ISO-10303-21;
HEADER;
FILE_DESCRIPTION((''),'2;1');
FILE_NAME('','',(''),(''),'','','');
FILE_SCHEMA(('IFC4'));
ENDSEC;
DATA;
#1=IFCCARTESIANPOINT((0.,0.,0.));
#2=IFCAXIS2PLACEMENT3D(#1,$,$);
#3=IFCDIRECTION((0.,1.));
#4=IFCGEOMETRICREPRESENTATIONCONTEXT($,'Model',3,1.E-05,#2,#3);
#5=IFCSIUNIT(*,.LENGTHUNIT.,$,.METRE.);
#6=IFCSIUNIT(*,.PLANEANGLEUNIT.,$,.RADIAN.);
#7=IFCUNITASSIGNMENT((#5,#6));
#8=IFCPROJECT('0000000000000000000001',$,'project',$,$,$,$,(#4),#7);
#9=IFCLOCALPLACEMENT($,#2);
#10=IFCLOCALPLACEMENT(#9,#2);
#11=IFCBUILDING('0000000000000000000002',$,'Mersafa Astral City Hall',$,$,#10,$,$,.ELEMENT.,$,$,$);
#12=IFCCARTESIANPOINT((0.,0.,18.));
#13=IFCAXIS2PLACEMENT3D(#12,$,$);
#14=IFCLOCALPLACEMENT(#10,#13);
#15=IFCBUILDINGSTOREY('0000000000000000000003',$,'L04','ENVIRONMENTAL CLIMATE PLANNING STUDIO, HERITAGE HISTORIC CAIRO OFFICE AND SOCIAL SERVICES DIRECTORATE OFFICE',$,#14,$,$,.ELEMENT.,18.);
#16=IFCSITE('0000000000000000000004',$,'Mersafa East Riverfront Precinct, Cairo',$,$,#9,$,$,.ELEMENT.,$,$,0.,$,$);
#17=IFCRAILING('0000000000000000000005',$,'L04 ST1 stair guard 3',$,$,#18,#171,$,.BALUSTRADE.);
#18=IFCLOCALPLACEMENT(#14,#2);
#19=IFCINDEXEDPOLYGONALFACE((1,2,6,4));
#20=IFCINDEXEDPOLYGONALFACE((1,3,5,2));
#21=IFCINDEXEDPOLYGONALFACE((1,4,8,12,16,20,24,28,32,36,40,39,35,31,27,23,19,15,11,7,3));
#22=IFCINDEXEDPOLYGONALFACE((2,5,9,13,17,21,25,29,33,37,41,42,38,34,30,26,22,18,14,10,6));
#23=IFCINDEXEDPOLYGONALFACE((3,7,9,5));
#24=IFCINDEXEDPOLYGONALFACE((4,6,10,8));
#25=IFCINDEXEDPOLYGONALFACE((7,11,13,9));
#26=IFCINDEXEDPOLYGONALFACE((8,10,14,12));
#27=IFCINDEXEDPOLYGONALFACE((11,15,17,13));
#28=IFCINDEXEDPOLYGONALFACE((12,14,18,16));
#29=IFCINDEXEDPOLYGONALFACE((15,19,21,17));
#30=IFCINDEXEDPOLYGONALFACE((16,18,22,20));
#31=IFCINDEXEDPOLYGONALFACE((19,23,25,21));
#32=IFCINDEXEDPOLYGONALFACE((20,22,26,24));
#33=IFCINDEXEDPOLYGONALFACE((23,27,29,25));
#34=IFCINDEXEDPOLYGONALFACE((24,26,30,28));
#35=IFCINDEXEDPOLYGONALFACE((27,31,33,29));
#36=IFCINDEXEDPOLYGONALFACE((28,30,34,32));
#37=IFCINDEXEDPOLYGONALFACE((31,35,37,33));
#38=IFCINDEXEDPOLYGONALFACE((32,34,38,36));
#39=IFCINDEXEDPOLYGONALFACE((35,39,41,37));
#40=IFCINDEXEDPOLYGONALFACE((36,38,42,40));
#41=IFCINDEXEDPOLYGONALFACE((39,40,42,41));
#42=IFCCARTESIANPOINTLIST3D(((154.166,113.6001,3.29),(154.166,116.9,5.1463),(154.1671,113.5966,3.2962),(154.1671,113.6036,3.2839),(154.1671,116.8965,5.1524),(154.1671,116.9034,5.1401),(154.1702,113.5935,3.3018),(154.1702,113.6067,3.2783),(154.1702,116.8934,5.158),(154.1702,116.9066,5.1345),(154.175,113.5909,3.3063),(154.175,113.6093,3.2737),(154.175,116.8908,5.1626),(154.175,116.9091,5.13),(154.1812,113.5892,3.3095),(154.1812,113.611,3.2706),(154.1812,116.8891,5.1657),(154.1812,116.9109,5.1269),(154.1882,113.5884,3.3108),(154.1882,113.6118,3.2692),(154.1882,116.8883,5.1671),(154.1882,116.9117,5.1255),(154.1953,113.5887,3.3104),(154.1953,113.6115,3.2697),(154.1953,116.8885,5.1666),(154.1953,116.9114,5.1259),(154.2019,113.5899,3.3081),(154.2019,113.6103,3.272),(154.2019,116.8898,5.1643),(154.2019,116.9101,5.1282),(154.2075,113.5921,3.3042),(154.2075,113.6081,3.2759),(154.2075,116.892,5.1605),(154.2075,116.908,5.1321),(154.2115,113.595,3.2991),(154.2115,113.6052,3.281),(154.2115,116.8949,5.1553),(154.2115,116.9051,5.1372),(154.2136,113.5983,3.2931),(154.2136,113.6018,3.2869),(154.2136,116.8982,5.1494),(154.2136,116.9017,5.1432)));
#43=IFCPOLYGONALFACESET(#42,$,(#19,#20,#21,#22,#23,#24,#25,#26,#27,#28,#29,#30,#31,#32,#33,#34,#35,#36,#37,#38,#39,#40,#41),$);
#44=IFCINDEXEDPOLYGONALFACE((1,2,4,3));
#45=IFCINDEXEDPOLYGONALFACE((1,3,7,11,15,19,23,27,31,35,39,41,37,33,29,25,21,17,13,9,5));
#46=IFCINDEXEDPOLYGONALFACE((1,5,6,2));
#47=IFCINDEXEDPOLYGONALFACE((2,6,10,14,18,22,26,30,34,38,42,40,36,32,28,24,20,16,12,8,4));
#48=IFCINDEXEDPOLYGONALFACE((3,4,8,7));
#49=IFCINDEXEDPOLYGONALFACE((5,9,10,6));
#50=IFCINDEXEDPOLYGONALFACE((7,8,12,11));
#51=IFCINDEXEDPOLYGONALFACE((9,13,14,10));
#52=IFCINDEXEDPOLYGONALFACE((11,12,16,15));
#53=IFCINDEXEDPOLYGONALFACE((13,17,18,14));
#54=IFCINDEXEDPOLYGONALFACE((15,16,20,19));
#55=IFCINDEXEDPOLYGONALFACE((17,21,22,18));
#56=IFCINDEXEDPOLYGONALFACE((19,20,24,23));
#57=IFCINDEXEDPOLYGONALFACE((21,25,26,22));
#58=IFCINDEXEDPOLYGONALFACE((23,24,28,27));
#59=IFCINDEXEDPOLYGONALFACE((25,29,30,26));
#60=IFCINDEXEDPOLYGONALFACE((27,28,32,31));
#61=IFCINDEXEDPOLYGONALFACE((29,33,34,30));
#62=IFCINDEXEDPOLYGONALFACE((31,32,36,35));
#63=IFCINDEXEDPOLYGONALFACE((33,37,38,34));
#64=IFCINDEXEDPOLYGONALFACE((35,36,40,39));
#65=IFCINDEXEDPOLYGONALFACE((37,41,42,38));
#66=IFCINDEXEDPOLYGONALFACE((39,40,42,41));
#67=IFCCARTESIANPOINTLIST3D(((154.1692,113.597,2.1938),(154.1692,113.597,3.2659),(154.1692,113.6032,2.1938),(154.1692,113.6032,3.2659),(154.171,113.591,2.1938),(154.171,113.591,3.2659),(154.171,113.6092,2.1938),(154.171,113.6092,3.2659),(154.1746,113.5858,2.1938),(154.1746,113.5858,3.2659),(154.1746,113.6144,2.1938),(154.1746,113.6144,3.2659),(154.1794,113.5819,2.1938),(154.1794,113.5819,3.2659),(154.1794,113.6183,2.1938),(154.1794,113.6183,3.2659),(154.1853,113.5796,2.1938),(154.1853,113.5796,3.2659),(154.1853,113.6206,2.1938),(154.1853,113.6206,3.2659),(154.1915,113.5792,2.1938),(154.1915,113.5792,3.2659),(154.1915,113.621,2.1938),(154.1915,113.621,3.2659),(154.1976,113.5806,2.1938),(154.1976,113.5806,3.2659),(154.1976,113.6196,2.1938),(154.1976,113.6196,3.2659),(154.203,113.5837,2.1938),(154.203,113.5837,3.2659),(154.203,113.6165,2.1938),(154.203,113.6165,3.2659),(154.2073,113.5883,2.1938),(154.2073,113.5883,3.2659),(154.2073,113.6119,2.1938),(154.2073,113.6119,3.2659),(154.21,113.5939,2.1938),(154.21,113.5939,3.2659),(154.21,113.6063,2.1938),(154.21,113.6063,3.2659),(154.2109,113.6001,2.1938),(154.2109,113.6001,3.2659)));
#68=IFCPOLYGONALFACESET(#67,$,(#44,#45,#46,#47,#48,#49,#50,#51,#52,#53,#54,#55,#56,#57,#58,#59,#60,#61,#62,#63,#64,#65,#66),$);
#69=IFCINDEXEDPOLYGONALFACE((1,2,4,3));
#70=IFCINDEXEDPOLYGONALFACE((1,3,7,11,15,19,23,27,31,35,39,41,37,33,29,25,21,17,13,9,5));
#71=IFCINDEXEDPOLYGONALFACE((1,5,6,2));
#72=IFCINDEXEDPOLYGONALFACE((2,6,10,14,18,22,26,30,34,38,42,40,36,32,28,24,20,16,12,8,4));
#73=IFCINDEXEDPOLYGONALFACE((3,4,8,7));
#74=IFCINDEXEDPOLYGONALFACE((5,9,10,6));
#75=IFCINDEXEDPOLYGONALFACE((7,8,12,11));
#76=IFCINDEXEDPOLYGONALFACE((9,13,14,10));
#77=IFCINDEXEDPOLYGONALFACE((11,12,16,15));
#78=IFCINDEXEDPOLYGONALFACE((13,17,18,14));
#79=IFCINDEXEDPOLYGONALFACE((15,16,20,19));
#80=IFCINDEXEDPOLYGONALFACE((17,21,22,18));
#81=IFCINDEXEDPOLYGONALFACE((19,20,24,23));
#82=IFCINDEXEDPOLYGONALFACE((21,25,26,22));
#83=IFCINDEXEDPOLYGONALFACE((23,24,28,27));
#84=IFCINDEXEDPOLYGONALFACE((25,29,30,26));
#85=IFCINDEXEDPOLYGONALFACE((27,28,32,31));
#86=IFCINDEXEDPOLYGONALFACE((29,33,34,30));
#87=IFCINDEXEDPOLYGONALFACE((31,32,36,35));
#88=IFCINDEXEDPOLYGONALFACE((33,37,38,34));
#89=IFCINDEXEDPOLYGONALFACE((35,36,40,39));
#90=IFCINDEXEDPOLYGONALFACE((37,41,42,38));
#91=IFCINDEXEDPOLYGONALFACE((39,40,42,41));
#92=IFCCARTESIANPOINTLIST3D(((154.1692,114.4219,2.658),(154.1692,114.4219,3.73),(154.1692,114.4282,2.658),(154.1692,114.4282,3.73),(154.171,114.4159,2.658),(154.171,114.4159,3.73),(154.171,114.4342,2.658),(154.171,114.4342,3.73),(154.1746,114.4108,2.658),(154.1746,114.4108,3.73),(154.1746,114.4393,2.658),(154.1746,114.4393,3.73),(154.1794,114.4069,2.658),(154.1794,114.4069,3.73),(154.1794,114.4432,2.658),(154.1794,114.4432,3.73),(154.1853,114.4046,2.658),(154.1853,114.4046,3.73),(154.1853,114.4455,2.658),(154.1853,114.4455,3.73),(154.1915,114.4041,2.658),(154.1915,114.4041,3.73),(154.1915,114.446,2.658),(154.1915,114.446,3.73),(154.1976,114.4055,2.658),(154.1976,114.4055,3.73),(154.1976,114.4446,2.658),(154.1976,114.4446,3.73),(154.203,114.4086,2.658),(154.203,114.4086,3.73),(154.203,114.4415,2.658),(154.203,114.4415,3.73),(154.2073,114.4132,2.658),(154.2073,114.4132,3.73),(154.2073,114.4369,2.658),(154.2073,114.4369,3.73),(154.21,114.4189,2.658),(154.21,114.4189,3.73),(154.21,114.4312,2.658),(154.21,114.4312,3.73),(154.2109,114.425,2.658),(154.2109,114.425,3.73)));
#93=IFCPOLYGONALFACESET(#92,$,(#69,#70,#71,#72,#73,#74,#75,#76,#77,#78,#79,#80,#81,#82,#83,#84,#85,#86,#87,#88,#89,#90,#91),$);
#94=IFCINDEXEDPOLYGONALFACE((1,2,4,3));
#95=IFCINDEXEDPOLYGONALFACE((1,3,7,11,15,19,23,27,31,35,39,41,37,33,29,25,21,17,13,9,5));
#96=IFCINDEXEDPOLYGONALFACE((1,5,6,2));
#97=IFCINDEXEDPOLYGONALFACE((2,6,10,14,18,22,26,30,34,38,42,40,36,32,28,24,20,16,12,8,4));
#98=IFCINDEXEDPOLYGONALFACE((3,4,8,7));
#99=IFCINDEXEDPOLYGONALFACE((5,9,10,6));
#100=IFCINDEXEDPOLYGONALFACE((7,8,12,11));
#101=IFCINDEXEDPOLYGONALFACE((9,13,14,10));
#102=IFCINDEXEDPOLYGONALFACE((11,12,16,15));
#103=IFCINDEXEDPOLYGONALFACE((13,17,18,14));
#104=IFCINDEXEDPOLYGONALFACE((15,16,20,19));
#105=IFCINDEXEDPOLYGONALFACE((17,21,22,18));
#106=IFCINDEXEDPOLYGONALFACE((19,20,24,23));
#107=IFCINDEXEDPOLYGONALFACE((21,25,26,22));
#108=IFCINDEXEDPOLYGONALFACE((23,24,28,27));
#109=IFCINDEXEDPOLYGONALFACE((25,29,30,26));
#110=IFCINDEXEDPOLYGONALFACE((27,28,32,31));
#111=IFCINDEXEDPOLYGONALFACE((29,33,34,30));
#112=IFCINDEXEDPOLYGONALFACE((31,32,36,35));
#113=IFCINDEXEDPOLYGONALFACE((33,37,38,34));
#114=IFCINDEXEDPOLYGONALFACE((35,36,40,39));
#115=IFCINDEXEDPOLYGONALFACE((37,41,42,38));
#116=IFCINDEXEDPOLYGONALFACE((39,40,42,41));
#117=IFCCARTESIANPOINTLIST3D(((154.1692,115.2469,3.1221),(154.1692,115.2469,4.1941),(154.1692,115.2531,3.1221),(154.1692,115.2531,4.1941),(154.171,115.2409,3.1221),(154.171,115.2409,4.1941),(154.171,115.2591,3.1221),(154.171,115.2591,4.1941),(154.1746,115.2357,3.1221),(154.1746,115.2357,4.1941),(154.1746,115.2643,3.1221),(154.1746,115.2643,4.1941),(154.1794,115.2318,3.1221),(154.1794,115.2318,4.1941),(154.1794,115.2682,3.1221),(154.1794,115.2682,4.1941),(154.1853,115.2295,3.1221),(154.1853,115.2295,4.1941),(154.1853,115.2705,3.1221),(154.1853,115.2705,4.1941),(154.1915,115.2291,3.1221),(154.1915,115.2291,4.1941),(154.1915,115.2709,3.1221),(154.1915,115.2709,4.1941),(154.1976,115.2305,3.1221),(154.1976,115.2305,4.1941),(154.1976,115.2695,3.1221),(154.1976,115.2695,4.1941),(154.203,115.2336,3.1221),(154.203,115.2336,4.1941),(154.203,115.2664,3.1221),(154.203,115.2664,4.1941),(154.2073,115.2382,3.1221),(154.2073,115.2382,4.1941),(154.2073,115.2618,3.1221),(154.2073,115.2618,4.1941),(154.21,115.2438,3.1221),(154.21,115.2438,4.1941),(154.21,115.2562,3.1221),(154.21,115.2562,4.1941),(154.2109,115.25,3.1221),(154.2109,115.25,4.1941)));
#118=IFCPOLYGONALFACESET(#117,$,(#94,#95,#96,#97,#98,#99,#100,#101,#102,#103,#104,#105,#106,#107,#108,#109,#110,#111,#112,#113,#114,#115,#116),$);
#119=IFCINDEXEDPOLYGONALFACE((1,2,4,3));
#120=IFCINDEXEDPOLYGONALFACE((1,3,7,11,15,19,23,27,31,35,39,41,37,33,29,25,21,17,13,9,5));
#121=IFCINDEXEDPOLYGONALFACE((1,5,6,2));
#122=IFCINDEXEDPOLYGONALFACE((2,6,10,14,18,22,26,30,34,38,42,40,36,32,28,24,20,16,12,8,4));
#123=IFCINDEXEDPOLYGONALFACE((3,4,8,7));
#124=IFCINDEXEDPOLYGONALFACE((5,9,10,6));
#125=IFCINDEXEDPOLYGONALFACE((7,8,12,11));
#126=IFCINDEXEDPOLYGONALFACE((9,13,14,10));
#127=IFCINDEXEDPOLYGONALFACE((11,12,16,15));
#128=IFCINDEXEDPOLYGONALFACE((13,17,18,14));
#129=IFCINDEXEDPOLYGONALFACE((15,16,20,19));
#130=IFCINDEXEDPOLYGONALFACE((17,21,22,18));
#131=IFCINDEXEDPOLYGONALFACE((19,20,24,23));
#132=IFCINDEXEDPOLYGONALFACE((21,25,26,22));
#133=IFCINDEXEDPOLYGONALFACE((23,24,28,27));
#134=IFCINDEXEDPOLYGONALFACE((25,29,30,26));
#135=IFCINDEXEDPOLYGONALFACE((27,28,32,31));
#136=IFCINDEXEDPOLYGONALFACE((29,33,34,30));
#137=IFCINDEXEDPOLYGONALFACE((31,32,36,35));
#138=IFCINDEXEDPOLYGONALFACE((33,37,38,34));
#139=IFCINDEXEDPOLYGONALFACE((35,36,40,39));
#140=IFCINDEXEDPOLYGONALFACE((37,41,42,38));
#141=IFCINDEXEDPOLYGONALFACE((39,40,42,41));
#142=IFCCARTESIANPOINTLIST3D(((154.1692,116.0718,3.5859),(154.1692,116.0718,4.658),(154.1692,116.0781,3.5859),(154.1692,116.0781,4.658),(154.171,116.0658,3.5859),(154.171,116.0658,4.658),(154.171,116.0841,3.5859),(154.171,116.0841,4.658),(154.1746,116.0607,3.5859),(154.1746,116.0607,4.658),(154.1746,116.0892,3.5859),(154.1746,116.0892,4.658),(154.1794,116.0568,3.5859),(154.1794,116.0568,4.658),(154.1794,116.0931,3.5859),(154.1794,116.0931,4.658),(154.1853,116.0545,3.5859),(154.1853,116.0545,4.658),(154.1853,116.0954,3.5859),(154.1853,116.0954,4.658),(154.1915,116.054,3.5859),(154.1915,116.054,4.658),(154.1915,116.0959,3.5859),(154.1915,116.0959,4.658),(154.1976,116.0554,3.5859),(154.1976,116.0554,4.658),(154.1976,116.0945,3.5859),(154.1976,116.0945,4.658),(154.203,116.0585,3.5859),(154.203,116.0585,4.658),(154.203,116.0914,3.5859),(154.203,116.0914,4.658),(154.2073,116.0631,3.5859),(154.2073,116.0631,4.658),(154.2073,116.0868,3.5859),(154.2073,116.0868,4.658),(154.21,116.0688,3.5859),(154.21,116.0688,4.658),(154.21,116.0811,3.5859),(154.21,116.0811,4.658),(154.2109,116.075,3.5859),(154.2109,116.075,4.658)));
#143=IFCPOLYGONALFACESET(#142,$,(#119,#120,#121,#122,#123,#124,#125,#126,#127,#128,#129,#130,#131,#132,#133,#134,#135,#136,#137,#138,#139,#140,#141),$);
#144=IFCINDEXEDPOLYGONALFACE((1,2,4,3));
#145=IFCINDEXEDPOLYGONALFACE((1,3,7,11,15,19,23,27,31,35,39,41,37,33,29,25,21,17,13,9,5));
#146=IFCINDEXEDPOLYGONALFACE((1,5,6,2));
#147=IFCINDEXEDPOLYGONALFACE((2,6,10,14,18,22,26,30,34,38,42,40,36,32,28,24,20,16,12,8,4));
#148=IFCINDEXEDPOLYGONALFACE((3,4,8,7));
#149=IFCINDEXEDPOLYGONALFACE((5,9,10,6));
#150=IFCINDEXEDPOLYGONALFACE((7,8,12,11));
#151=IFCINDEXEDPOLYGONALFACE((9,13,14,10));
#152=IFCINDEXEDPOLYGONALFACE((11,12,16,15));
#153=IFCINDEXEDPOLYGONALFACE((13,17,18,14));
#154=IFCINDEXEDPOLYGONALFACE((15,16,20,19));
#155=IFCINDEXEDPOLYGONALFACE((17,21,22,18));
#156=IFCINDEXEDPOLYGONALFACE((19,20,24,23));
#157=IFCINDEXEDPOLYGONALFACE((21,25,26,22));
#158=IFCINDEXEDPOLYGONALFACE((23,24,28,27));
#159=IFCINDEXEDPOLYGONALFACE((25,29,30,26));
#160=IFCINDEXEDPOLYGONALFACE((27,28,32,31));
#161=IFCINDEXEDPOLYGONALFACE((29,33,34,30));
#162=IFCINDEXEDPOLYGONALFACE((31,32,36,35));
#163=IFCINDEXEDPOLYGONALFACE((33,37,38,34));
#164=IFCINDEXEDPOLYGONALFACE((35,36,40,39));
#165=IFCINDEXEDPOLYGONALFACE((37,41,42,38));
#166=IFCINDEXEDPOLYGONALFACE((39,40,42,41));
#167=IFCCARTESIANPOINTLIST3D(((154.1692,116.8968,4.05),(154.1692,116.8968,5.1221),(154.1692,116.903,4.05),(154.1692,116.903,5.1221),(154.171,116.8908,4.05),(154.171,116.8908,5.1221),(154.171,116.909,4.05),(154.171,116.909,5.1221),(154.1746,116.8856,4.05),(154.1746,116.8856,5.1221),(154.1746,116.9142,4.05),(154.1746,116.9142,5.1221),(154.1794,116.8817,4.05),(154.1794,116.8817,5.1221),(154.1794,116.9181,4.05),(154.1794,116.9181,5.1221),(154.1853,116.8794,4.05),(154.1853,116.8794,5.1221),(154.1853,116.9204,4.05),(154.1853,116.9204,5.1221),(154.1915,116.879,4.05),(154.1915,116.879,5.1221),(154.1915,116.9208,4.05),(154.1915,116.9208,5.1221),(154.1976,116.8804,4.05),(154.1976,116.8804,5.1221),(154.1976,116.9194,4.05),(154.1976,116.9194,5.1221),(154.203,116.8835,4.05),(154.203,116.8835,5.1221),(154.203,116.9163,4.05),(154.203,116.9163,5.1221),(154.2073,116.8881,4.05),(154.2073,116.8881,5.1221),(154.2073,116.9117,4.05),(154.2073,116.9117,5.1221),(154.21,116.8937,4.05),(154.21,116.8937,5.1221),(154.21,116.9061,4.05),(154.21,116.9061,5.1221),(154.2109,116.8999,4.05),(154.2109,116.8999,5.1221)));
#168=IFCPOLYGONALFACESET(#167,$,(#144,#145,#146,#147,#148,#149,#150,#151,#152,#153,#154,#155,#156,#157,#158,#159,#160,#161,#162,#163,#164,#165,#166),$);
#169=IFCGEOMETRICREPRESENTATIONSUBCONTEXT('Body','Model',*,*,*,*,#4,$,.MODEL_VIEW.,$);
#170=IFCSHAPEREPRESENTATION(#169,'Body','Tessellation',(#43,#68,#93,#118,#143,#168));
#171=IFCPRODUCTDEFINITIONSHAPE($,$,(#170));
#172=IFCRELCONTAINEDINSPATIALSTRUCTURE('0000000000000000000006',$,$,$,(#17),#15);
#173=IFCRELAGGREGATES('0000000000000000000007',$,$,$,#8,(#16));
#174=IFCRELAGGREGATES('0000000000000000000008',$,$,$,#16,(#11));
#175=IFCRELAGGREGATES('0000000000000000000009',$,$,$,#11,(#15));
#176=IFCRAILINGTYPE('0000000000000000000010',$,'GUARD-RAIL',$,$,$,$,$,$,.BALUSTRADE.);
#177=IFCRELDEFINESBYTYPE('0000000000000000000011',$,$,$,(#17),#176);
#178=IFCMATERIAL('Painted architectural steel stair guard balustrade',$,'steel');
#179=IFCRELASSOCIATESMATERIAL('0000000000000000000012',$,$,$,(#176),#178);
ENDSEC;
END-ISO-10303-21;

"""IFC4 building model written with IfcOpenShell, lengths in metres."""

from ifc_helpers import new_model, si_unit, direction, frame, origin, origin_2d, place, context, subcontext, project, spatial, circle, extrude, material, type_object, element, save


model = new_model("IFC4")

# Units and contexts
model_context = context("Model", 3, precision=1e-05, world=origin(), true_north=direction((0.0, 1.0)))
body_context = subcontext(model_context, "Body", "Model", "MODEL_VIEW")
ifc_project = project(units=[si_unit("LENGTHUNIT", "METRE"), si_unit("PLANEANGLEUNIT", "RADIAN")], contexts=[model_context])

# Site, building, storey
site_placement = place(None, origin())
site = spatial("IfcSite", under=ifc_project, at=site_placement, Name="Mersafa East Riverfront Precinct, Cairo", CompositionType="ELEMENT", RefElevation=0.0)
building_placement = place(site_placement, origin())
building = spatial("IfcBuilding", under=site, at=building_placement, Name="Mersafa Astral City Hall", CompositionType="ELEMENT")
storey_placement = place(building_placement, frame((0.0, 0.0, 18.0)))
storey = spatial("IfcBuildingStorey", under=building, at=storey_placement, Name="L04", Description="ENVIRONMENTAL CLIMATE PLANNING STUDIO, HERITAGE HISTORIC CAIRO OFFICE AND SOCIAL SERVICES DIRECTORATE OFFICE", CompositionType="ELEMENT", Elevation=18.0)

# Railing
ifc_material_1 = material(Name="Painted architectural steel stair guard balustrade", Category="steel")
railing_type_1 = type_object("IfcRailingType", Name="GUARD-RAIL", PredefinedType="BALUSTRADE", material=ifc_material_1)
railing_1_placement = place(storey_placement, frame((154.1899, 113.6001, 2.1938)))
element("IfcRailing", 1, at=railing_1_placement, inside=storey, type_object=railing_type_1, Name="L04 ST1 stair guard 3", PredefinedType="BALUSTRADE", context=body_context, shape_type="SweptSolid", body=[
    extrude(circle(Radius=0.0239, at=origin_2d()), frame((0.0, 0.0, 1.0962), z_axis=(0.0, 0.871569, 0.490273), x_axis=(-1.0, 0.0, 0.0)), (0.0, 0.0, 1.0), 3.7861),
    extrude(circle(Radius=0.021, at=origin_2d()), origin(), (0.0, 0.0, 1.0), 1.072),
    extrude(circle(Radius=0.021, at=origin_2d()), frame((0.0, 0.825, 0.4641)), (0.0, 0.0, 1.0), 1.072),
    extrude(circle(Radius=0.021, at=origin_2d()), frame((0.0, 1.6499, 0.9282)), (0.0, 0.0, 1.0), 1.072),
    extrude(circle(Radius=0.021, at=origin_2d()), frame((0.0, 2.4749, 1.3921)), (0.0, 0.0, 1.0), 1.072),
    extrude(circle(Radius=0.021, at=origin_2d()), frame((0.0, 3.2998, 1.8562)), (0.0, 0.0, 1.0), 1.072),
])

save(model, "model.ifc")
